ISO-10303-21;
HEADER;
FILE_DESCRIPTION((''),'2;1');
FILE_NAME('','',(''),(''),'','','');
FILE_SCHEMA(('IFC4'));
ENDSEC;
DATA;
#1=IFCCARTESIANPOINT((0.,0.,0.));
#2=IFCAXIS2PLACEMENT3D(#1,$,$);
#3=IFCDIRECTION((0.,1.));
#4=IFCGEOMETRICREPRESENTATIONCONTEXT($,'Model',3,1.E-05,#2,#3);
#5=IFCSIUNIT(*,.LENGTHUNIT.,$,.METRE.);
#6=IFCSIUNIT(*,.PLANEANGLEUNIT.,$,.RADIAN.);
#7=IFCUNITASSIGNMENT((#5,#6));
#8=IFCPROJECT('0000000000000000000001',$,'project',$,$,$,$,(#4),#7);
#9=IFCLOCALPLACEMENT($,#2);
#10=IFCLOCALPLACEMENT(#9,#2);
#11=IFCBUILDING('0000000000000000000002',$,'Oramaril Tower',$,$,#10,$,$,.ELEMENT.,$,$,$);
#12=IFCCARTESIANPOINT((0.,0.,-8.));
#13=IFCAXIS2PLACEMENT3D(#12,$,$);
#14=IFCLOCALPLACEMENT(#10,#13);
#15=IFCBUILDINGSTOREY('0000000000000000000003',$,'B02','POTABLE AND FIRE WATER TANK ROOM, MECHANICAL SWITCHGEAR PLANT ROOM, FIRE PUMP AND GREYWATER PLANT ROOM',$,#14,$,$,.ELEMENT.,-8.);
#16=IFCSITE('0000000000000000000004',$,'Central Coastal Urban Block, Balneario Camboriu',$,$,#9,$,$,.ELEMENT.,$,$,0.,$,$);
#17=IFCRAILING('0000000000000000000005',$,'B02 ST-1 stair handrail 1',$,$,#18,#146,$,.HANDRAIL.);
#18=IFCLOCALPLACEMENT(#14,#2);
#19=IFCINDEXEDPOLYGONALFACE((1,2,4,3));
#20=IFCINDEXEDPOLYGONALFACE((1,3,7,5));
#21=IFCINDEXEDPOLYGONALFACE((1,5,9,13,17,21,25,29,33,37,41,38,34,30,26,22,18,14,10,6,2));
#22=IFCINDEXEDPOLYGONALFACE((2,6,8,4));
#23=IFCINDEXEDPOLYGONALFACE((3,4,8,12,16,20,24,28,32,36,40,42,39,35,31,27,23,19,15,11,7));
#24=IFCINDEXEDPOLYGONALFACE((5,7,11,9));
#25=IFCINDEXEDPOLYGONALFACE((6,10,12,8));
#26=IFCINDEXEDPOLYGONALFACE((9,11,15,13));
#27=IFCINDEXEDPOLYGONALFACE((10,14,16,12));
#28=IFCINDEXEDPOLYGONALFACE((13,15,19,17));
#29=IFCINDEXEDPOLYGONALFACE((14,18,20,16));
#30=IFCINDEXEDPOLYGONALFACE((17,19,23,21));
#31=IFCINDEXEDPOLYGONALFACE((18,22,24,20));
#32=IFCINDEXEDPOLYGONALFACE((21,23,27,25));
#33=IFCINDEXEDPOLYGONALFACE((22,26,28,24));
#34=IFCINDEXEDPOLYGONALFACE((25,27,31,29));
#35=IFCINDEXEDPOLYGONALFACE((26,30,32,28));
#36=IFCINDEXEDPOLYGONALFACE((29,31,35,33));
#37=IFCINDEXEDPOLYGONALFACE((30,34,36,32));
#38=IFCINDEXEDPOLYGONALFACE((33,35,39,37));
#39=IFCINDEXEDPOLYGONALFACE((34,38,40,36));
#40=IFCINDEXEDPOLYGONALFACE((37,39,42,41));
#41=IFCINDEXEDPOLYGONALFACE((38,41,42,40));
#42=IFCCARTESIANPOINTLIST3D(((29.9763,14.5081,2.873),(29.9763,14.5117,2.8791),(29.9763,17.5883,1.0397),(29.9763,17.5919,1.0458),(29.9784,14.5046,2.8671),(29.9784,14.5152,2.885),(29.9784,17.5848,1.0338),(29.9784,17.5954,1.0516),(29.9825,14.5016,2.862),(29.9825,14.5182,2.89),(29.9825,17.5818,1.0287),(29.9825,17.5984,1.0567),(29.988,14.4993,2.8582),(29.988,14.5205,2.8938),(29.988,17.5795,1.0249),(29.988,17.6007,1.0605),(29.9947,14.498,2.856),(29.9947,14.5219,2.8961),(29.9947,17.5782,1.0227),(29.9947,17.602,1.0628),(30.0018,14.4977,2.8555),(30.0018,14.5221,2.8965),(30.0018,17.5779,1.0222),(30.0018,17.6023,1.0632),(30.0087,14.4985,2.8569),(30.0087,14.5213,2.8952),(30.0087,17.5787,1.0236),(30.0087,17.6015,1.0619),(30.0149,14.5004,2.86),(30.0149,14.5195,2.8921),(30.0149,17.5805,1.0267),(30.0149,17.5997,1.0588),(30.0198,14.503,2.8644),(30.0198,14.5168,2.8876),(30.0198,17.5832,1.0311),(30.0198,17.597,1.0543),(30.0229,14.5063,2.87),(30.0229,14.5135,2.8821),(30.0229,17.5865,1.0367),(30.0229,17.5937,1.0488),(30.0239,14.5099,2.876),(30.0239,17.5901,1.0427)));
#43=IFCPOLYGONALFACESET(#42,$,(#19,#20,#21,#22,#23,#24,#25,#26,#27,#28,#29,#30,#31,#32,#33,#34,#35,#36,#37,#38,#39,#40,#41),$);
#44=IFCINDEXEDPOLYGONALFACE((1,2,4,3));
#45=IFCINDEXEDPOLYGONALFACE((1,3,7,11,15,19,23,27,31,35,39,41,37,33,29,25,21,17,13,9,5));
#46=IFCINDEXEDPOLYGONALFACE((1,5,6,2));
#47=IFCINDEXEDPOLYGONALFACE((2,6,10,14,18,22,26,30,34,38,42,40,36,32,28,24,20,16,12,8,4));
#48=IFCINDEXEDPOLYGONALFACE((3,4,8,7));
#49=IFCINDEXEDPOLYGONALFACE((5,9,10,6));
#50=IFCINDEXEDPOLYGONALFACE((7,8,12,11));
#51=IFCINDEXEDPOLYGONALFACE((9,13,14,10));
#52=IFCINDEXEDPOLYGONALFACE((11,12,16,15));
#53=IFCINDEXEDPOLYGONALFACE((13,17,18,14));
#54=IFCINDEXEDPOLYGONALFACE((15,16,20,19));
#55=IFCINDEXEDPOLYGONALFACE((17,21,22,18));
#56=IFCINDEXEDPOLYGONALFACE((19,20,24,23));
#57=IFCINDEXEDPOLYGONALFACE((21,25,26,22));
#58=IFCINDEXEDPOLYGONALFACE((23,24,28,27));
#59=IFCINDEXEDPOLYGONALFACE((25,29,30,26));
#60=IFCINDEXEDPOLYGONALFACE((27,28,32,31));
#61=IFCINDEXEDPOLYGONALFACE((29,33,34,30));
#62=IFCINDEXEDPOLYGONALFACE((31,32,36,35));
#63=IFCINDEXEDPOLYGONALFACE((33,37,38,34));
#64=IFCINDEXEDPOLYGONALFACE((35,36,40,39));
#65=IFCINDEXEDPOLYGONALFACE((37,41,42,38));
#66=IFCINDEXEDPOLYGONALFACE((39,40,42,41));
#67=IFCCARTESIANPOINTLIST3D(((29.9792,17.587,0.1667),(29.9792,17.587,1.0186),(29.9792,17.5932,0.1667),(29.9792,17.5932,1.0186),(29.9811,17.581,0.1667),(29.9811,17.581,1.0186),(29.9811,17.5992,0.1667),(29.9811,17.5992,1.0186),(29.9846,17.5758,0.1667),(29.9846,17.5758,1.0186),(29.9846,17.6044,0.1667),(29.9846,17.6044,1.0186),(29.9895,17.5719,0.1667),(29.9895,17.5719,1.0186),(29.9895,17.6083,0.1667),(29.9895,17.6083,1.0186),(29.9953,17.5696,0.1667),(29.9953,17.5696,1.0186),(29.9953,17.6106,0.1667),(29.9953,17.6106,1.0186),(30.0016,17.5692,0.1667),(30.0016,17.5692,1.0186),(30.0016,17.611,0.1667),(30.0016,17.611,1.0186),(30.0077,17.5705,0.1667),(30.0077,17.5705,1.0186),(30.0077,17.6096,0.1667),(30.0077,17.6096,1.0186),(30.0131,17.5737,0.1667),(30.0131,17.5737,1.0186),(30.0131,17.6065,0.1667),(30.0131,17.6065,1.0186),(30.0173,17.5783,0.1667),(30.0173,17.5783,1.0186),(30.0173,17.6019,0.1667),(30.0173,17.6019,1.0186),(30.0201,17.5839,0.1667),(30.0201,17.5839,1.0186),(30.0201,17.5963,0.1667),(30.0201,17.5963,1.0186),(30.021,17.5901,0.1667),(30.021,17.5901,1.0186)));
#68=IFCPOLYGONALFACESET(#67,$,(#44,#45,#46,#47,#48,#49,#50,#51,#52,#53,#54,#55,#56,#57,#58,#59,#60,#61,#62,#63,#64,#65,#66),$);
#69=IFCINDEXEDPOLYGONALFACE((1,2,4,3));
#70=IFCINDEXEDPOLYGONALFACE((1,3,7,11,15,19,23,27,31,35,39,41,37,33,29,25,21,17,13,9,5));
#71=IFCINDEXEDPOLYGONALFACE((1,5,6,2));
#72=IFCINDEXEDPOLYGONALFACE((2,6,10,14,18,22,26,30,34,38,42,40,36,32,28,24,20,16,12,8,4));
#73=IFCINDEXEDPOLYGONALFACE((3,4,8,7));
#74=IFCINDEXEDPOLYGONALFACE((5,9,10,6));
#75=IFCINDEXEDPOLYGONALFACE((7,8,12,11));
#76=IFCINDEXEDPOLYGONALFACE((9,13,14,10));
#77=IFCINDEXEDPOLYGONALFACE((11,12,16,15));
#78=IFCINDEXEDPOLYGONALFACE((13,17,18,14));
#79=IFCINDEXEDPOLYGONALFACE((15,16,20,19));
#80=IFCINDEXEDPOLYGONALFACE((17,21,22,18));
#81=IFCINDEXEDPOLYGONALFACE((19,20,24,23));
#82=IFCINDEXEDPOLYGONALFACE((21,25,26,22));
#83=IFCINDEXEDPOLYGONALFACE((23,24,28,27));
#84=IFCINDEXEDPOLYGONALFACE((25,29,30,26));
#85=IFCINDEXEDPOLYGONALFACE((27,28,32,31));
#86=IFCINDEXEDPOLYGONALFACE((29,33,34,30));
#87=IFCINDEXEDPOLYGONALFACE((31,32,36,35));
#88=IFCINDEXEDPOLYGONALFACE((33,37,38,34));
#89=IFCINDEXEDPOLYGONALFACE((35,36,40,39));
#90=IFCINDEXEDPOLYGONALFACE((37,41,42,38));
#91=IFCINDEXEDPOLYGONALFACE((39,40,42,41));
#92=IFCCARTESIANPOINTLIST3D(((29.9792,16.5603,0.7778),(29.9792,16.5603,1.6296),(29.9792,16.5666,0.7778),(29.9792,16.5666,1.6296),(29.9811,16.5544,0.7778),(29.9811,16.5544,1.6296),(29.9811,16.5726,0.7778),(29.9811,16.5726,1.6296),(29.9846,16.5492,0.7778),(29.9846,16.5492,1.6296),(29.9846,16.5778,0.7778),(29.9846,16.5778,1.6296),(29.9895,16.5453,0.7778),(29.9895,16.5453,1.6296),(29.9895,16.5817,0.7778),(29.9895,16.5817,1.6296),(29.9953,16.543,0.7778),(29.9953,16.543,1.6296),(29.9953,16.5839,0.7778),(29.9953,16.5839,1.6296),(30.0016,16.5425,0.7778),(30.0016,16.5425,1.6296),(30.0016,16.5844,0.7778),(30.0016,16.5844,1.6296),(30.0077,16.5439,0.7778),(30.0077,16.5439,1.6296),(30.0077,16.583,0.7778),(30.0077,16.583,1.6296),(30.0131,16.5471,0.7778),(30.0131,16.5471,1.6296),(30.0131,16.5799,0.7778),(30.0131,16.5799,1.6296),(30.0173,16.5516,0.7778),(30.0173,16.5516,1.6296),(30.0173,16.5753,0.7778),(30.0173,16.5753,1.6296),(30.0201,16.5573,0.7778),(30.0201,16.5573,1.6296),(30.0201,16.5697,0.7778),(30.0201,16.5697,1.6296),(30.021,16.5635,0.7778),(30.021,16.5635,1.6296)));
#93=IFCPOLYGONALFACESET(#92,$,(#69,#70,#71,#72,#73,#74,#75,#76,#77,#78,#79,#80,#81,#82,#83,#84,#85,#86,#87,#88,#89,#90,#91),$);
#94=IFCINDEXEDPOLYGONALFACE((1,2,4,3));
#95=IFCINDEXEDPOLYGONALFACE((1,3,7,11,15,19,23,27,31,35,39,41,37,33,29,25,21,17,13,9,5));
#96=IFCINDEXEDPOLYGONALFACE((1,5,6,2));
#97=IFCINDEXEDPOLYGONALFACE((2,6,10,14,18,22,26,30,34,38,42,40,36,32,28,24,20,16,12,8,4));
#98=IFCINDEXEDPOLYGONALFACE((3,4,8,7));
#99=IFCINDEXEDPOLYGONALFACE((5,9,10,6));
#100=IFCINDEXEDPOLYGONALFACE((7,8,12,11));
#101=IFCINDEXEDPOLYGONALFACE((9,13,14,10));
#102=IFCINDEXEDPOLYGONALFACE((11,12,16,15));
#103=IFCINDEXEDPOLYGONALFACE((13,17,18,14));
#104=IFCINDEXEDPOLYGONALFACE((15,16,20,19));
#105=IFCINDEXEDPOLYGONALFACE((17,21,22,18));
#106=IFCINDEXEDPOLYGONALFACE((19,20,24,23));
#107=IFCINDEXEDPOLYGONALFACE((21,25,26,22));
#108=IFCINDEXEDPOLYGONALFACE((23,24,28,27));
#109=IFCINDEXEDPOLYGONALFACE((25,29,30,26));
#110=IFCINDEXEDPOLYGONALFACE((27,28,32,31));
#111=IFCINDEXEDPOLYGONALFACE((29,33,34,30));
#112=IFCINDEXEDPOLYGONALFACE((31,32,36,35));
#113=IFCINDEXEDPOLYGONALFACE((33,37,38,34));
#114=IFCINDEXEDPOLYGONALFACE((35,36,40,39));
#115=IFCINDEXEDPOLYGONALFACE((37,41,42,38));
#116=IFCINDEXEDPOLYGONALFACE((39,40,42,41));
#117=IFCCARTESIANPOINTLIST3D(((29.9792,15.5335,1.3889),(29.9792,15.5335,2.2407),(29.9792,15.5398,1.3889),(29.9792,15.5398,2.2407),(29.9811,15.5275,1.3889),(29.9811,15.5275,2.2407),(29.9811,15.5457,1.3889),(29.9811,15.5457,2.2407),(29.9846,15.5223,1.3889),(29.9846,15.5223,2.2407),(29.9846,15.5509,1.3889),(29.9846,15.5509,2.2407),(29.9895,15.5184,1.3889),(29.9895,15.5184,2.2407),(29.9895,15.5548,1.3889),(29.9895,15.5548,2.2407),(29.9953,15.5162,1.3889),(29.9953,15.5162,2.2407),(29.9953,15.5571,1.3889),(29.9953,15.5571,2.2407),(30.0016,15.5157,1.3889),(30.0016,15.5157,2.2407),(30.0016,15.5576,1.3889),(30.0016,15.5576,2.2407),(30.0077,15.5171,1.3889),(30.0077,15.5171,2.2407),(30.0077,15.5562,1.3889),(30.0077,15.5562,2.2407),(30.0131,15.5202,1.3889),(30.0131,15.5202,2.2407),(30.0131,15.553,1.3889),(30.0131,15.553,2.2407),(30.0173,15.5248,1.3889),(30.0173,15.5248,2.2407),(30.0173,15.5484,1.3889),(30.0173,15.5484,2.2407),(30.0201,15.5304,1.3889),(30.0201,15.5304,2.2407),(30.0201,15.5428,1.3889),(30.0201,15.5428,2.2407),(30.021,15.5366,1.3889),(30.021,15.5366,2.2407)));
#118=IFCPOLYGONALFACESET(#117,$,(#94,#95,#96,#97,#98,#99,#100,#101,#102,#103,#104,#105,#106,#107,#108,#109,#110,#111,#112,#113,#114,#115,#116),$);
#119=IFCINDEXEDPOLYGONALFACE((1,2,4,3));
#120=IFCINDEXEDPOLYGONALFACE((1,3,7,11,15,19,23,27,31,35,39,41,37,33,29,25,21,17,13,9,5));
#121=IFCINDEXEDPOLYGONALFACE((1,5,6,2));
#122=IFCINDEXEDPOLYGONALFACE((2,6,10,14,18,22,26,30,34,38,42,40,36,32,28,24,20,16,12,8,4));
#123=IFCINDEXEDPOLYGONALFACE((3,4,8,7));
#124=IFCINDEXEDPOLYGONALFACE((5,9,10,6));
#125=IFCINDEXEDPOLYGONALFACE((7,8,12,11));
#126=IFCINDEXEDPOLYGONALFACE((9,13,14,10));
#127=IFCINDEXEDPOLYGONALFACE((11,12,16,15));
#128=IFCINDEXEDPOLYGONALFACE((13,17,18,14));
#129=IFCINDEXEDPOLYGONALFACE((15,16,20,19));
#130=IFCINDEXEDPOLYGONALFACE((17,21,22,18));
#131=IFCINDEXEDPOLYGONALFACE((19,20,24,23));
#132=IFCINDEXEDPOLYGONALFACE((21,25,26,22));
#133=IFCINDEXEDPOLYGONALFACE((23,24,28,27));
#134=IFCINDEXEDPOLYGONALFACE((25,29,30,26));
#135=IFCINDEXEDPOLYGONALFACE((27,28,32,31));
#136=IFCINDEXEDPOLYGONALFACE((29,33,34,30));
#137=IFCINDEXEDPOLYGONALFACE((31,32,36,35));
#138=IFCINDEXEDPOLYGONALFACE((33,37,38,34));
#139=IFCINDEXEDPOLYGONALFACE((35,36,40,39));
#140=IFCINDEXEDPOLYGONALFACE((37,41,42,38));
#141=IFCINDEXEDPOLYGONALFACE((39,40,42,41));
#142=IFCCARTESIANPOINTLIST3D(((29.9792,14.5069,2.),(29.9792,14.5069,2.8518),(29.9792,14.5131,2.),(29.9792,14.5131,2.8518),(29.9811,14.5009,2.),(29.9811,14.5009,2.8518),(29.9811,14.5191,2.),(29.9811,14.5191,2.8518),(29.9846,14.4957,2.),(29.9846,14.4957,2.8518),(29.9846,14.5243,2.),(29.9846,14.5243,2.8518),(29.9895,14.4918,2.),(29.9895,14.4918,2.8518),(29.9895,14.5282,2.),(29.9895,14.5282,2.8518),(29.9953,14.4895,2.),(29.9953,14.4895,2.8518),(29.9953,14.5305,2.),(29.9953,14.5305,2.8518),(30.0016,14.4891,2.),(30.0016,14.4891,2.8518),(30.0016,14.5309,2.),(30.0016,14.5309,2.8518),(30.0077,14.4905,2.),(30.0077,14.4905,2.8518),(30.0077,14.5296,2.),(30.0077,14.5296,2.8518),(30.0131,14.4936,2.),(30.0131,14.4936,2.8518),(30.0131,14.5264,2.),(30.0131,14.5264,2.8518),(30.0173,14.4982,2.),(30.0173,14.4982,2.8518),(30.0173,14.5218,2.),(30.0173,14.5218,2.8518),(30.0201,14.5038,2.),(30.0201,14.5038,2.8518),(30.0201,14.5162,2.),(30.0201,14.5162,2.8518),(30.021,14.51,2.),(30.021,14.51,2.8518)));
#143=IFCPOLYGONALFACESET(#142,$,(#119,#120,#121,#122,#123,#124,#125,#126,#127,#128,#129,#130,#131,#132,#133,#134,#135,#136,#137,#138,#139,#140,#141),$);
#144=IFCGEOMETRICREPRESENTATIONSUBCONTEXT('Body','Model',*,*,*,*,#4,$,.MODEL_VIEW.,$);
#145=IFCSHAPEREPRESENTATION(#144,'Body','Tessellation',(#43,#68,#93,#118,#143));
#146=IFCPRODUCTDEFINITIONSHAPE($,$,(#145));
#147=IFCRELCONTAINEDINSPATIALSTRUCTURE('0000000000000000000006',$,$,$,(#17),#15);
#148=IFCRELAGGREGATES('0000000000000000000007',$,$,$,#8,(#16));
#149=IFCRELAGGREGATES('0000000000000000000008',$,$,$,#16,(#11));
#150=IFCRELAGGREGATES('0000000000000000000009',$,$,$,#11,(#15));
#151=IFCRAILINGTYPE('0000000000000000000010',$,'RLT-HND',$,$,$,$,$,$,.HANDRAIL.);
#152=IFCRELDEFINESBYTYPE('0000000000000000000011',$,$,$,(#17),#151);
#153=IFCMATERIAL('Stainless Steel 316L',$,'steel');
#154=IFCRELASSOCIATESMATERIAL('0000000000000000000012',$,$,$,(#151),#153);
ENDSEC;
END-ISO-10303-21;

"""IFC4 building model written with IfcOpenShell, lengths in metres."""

from ifc_helpers import new_model, si_unit, direction, frame, origin, origin_2d, place, context, subcontext, project, spatial, circle, extrude, material, type_object, element, save


model = new_model("IFC4")

# Units and contexts
model_context = context("Model", 3, precision=1e-05, world=origin(), true_north=direction((0.0, 1.0)))
body_context = subcontext(model_context, "Body", "Model", "MODEL_VIEW")
ifc_project = project(units=[si_unit("LENGTHUNIT", "METRE"), si_unit("PLANEANGLEUNIT", "RADIAN")], contexts=[model_context])

# Site, building, storey
site_placement = place(None, origin())
site = spatial("IfcSite", under=ifc_project, at=site_placement, Name="Central Coastal Urban Block, Balneario Camboriu", CompositionType="ELEMENT", RefElevation=0.0)
building_placement = place(site_placement, origin())
building = spatial("IfcBuilding", under=site, at=building_placement, Name="Oramaril Tower", CompositionType="ELEMENT")
storey_placement = place(building_placement, frame((0.0, 0.0, -8.0)))
storey = spatial("IfcBuildingStorey", under=building, at=storey_placement, Name="B02", Description="POTABLE AND FIRE WATER TANK ROOM, MECHANICAL SWITCHGEAR PLANT ROOM, FIRE PUMP AND GREYWATER PLANT ROOM", CompositionType="ELEMENT", Elevation=-8.0)

# Railing
ifc_material_1 = material(Name="Stainless Steel 316L", Category="steel")
railing_type_1 = type_object("IfcRailingType", Name="RLT-HND", PredefinedType="HANDRAIL", material=ifc_material_1)
railing_1_placement = place(storey_placement, frame((30.0, 17.5901, 0.1667)))
element("IfcRailing", 1, at=railing_1_placement, inside=storey, type_object=railing_type_1, Name="B02 ST-1 stair handrail 1", PredefinedType="HANDRAIL", context=body_context, shape_type="SweptSolid", body=[
    extrude(circle(Radius=0.0239, at=origin_2d()), frame((0.0, 0.0, 0.876), z_axis=(0.0, -0.859309, 0.511458), x_axis=(1.0, 0.0, 0.0)), (0.0, 0.0, 1.0), 3.5845),
    extrude(circle(Radius=0.021, at=origin_2d()), origin(), (0.0, 0.0, 1.0), 0.8518),
    extrude(circle(Radius=0.021, at=origin_2d()), frame((0.0, -1.0266, 0.6111)), (0.0, 0.0, 1.0), 0.8518),
    extrude(circle(Radius=0.021, at=origin_2d()), frame((0.0, -2.0535, 1.2222)), (0.0, 0.0, 1.0), 0.8518),
    extrude(circle(Radius=0.021, at=origin_2d()), frame((0.0, -3.0801, 1.8333)), (0.0, 0.0, 1.0), 0.8518),
])

save(model, "model.ifc")
